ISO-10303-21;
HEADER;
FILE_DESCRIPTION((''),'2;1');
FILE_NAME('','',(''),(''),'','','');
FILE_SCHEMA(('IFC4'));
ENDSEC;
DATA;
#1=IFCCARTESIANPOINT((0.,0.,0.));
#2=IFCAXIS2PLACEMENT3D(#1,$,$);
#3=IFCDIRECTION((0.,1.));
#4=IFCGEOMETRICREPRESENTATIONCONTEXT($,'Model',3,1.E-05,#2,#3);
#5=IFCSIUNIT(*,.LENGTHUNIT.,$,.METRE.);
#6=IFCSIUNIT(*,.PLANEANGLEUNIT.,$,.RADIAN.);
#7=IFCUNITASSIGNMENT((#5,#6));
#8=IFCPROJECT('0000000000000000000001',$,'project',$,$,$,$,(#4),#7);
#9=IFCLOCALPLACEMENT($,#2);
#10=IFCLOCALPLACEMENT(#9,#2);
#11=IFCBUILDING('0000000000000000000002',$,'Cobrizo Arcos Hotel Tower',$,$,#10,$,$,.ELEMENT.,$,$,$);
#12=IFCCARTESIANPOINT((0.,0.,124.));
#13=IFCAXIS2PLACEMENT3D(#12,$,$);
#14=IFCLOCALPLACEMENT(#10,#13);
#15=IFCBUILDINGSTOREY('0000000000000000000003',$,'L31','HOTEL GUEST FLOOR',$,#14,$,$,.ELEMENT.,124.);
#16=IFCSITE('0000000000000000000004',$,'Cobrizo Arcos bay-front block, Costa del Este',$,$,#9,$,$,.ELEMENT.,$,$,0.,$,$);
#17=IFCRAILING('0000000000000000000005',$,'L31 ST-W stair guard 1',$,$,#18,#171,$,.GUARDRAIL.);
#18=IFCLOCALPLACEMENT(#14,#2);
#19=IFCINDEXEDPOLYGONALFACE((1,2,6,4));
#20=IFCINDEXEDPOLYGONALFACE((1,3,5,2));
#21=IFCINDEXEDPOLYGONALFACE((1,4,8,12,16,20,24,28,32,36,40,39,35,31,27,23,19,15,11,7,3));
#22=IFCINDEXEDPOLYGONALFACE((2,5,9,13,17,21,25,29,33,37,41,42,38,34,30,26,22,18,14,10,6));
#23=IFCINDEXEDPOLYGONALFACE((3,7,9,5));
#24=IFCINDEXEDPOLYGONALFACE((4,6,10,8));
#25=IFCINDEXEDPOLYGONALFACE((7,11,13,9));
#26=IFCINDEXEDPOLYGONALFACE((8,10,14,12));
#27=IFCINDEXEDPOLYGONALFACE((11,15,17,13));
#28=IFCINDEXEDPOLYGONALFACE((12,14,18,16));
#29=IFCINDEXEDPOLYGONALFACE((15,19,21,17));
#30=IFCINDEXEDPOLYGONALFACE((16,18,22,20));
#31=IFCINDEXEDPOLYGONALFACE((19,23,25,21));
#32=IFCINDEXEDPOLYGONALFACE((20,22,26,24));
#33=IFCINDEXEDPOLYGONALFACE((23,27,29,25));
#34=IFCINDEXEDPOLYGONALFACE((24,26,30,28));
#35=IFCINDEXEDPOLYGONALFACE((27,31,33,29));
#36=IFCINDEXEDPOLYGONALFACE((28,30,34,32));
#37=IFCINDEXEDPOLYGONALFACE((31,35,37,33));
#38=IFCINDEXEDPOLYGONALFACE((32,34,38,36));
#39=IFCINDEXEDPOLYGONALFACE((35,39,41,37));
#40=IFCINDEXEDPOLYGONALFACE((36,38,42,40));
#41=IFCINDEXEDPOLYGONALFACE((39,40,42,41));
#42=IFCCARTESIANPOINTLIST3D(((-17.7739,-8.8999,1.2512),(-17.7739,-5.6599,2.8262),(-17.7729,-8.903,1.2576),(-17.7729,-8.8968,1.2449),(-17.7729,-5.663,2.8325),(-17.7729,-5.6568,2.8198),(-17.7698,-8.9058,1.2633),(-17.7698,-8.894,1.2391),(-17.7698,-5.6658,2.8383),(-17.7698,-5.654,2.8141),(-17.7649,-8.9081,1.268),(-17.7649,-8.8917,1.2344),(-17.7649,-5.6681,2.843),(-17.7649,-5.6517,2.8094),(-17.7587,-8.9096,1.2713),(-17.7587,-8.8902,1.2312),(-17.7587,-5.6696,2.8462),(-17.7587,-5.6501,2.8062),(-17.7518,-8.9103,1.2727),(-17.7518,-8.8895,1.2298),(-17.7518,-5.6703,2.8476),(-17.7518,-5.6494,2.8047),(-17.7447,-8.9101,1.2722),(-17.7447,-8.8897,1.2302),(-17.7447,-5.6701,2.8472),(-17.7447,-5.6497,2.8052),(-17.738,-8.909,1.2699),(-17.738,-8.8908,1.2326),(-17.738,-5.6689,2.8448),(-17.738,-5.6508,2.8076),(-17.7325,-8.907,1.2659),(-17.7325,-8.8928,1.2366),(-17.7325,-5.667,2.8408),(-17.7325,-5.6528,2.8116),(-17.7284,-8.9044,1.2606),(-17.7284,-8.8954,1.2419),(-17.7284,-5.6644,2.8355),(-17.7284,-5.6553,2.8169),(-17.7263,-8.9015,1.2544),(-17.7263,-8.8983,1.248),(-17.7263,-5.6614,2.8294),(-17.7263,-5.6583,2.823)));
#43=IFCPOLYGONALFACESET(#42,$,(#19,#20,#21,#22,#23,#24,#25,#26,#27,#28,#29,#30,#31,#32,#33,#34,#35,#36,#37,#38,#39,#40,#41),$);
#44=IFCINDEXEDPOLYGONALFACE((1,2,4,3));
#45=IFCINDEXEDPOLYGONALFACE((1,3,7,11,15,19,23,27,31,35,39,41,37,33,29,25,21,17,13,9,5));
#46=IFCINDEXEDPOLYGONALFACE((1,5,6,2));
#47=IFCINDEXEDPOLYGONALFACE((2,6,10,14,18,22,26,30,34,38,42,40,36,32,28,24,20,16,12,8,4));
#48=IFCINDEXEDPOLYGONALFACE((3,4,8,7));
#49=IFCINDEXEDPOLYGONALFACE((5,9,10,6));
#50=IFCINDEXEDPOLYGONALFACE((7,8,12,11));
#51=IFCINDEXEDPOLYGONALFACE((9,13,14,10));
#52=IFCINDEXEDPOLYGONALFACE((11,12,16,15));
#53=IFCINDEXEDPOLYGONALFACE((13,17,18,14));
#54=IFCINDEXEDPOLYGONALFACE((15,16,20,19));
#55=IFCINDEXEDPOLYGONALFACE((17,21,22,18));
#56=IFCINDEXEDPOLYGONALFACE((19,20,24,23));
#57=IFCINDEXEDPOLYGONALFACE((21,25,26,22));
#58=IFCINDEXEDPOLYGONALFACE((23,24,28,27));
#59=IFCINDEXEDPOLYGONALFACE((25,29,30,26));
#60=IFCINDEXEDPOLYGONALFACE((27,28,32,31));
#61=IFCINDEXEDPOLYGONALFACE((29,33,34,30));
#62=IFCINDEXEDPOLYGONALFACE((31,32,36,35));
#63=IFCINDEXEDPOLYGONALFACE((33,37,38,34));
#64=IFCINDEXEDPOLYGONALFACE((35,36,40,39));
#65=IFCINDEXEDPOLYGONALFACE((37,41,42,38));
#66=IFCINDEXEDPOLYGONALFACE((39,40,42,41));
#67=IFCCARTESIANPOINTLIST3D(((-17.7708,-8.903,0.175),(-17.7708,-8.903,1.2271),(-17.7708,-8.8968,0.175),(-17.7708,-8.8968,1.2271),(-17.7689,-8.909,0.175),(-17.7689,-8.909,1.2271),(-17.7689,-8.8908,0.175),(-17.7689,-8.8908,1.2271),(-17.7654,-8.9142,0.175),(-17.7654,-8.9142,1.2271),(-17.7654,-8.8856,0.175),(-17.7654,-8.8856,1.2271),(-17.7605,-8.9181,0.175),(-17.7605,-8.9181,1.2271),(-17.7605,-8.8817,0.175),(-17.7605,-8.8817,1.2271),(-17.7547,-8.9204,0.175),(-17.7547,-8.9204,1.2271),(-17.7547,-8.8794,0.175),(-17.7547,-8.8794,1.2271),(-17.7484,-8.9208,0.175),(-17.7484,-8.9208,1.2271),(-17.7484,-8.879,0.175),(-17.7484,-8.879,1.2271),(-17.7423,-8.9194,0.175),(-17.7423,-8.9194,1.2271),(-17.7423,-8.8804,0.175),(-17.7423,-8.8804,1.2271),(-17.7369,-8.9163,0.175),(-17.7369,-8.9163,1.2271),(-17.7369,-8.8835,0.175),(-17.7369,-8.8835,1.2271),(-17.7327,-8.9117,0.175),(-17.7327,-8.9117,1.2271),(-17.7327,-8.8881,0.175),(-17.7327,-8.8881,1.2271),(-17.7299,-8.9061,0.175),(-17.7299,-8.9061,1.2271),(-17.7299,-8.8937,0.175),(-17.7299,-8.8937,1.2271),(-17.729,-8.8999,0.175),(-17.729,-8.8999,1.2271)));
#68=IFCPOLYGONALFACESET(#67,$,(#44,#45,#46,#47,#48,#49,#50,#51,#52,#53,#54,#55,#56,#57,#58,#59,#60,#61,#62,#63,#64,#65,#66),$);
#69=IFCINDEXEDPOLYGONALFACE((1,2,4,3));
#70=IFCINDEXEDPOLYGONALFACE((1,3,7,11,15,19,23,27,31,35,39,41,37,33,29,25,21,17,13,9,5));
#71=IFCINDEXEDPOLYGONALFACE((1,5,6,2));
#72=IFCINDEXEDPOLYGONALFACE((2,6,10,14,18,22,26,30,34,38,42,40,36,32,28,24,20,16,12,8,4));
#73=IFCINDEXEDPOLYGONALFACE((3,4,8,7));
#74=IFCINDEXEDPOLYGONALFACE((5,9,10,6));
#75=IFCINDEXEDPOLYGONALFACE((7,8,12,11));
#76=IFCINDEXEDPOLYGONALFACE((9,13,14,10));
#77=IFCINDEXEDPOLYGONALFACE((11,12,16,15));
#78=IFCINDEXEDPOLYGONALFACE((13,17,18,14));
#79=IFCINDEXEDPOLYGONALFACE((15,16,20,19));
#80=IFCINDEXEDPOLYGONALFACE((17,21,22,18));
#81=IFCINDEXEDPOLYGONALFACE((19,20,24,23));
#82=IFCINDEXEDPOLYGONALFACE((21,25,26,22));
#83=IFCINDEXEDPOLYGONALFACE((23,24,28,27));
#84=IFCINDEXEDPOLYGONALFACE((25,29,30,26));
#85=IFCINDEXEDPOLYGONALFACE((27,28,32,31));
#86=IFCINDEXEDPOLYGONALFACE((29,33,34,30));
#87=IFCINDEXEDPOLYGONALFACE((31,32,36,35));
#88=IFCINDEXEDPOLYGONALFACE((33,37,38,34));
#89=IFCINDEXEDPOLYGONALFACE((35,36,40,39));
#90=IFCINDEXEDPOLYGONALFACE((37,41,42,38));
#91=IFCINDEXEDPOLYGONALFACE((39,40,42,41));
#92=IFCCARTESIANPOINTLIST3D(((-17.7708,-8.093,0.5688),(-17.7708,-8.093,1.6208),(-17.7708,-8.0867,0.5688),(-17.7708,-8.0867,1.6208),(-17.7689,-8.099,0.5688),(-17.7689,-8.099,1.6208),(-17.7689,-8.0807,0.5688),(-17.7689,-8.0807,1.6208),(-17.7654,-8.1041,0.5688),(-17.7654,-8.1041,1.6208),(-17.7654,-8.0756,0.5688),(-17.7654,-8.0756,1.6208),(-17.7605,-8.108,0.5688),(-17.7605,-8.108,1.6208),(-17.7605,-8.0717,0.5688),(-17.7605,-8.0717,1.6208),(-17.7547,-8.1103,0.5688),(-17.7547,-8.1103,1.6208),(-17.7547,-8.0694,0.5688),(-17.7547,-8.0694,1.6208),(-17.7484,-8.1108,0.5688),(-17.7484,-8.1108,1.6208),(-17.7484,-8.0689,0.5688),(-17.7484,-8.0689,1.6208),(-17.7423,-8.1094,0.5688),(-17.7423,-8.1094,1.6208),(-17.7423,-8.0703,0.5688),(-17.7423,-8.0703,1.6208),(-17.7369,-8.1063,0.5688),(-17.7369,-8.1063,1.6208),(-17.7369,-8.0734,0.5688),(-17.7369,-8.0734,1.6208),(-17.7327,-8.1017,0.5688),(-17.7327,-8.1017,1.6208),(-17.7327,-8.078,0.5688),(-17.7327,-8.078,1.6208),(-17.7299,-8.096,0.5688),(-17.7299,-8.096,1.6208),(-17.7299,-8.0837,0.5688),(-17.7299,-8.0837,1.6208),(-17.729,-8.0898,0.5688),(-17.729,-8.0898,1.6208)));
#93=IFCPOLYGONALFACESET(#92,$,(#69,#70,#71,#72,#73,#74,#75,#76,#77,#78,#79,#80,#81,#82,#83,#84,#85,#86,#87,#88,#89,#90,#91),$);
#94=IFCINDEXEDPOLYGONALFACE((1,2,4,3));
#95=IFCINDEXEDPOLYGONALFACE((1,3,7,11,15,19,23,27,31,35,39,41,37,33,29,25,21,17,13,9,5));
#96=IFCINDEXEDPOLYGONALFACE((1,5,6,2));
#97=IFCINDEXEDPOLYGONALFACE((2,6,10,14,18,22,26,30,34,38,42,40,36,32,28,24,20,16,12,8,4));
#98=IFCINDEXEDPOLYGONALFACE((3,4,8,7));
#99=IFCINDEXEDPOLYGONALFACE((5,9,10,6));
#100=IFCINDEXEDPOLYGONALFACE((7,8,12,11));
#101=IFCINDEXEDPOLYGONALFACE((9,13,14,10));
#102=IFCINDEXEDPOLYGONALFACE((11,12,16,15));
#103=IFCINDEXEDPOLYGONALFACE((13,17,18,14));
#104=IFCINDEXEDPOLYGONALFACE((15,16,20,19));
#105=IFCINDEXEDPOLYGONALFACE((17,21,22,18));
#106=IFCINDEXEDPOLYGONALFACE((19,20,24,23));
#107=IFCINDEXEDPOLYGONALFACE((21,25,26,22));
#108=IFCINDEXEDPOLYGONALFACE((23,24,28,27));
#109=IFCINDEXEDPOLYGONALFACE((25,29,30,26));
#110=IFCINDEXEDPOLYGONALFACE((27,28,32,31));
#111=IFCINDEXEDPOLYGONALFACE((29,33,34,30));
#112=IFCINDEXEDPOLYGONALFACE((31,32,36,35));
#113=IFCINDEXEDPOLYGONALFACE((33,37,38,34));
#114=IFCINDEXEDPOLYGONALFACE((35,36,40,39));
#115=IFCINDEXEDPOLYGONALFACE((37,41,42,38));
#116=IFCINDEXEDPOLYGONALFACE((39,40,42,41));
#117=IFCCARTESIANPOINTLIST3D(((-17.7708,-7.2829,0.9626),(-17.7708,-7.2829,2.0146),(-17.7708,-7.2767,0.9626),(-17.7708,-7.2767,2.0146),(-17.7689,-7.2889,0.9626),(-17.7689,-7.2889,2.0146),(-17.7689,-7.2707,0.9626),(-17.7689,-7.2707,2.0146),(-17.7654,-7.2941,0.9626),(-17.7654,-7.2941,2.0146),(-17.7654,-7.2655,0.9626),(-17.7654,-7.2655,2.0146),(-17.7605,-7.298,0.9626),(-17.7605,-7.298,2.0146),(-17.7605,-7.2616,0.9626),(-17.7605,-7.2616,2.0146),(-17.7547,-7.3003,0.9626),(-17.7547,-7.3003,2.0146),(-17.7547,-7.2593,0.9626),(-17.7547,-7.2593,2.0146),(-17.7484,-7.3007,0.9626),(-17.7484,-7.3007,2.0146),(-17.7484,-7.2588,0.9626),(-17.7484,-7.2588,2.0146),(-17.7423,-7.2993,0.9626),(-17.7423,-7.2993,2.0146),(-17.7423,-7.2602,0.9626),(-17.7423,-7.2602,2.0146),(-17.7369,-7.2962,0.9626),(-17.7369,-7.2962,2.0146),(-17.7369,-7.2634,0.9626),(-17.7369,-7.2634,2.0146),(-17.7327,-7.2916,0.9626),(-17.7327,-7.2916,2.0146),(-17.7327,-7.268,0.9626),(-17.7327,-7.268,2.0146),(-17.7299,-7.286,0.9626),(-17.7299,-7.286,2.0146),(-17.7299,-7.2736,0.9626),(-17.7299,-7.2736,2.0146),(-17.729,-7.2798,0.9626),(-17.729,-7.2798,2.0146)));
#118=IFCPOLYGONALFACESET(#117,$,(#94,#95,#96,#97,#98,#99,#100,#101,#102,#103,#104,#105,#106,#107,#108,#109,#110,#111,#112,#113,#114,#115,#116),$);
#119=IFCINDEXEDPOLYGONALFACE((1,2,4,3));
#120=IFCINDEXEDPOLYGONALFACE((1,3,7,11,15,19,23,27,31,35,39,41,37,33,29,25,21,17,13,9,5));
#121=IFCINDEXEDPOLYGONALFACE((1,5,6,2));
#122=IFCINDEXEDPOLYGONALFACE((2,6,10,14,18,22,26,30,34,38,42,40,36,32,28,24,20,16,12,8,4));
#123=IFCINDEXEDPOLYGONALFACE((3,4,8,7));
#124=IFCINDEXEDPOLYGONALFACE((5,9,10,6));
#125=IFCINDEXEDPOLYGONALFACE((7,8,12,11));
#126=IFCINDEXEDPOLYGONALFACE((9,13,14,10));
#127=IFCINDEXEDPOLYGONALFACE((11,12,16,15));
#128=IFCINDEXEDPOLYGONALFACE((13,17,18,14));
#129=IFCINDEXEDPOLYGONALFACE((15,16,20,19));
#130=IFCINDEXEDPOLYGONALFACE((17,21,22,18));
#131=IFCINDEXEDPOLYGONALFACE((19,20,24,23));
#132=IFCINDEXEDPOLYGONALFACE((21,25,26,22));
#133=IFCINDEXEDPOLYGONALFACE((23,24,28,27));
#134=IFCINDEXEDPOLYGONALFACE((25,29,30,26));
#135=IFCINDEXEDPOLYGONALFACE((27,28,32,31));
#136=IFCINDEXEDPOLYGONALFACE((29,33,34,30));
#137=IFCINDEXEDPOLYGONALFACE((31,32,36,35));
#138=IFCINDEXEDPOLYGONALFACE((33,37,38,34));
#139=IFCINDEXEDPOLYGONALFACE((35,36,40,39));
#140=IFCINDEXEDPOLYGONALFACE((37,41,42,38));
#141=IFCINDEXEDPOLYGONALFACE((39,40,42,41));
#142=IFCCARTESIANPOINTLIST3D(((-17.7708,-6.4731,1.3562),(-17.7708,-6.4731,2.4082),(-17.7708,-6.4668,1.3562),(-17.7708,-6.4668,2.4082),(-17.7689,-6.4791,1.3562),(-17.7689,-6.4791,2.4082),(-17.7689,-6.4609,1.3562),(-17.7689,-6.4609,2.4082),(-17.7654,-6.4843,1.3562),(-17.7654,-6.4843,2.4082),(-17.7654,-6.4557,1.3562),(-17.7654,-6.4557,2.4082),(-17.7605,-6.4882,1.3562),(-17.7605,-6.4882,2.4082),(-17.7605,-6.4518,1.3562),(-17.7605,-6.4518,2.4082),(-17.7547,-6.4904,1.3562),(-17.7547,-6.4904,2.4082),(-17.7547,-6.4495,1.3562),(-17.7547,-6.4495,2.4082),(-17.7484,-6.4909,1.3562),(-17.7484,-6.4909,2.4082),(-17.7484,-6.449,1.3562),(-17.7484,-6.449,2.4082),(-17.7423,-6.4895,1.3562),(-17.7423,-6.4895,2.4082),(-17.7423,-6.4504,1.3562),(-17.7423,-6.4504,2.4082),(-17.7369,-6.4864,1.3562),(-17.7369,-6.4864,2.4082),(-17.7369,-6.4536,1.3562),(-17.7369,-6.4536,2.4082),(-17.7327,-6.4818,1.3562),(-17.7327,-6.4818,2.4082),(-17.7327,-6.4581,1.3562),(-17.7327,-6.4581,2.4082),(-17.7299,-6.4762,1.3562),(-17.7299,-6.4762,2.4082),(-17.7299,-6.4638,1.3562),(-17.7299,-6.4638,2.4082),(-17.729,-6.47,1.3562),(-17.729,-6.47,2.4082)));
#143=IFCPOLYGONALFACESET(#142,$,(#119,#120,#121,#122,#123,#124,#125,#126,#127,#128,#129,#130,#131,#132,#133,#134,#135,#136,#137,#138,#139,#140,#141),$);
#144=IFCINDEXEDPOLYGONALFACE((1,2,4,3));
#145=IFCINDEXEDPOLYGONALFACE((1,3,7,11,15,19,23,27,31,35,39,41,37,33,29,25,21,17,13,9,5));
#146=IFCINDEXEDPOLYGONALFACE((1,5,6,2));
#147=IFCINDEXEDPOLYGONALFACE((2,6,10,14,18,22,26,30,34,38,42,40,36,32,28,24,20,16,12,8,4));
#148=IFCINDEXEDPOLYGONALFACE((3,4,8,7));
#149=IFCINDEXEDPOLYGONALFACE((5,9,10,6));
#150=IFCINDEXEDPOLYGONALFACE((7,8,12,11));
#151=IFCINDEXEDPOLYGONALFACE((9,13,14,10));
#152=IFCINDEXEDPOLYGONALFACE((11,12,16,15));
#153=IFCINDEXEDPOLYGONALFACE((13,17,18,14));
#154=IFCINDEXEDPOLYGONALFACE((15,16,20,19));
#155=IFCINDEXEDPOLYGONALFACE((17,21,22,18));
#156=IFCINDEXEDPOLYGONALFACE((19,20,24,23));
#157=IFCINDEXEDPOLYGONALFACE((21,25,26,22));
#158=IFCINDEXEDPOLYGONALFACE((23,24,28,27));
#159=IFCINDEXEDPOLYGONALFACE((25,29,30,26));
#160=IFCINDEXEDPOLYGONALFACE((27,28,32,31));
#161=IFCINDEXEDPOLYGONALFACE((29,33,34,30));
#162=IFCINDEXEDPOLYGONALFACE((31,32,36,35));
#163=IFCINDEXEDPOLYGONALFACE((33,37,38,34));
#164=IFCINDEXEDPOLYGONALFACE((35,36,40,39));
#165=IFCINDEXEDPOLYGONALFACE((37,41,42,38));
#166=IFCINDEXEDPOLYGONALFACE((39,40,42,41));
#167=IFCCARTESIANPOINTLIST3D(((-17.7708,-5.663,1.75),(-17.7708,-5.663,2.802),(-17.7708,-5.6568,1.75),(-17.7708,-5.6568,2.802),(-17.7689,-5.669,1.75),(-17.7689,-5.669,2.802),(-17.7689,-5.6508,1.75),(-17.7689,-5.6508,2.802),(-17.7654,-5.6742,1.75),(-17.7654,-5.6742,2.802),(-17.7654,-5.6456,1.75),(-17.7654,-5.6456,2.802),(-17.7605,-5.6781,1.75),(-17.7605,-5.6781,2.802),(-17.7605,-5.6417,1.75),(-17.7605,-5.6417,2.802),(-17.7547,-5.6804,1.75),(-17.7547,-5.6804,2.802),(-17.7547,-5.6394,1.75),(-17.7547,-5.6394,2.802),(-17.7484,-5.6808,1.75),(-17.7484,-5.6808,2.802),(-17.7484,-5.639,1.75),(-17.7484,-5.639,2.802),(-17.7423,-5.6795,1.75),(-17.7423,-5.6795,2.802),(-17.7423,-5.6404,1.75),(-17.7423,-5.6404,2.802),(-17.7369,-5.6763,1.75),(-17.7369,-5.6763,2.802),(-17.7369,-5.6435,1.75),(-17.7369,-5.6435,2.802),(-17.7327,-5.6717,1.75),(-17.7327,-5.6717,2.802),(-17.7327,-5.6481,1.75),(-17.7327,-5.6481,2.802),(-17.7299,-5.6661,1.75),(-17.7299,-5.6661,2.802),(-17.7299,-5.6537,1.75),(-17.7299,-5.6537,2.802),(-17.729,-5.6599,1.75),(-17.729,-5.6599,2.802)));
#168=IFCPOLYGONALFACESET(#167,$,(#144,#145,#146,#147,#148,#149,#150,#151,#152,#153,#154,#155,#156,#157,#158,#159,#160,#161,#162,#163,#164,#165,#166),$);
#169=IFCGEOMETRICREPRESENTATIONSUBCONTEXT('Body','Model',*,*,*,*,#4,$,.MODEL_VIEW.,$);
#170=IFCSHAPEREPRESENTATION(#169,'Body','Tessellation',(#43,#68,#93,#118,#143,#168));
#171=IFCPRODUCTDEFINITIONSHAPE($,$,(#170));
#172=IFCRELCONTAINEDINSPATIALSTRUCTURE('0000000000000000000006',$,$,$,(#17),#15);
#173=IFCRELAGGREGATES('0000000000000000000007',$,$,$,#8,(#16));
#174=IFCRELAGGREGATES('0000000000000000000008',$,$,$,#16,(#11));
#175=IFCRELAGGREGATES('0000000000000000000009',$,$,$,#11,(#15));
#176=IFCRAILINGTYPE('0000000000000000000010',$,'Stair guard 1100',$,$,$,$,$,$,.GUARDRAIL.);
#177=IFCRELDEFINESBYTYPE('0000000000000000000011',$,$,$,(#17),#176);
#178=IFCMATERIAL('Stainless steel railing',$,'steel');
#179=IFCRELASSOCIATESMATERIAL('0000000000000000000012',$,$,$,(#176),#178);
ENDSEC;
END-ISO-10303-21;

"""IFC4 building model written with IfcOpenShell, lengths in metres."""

from ifc_helpers import new_model, si_unit, direction, frame, origin, origin_2d, place, context, subcontext, project, spatial, circle, extrude, material, type_object, element, save


model = new_model("IFC4")

# Units and contexts
model_context = context("Model", 3, precision=1e-05, world=origin(), true_north=direction((0.0, 1.0)))
body_context = subcontext(model_context, "Body", "Model", "MODEL_VIEW")
ifc_project = project(units=[si_unit("LENGTHUNIT", "METRE"), si_unit("PLANEANGLEUNIT", "RADIAN")], contexts=[model_context])

# Site, building, storey
site_placement = place(None, origin())
site = spatial("IfcSite", under=ifc_project, at=site_placement, Name="Cobrizo Arcos bay-front block, Costa del Este", CompositionType="ELEMENT", RefElevation=0.0)
building_placement = place(site_placement, origin())
building = spatial("IfcBuilding", under=site, at=building_placement, Name="Cobrizo Arcos Hotel Tower", CompositionType="ELEMENT")
storey_placement = place(building_placement, frame((0.0, 0.0, 124.0)))
storey = spatial("IfcBuildingStorey", under=building, at=storey_placement, Name="L31", Description="HOTEL GUEST FLOOR", CompositionType="ELEMENT", Elevation=124.0)

# Railing
ifc_material_1 = material(Name="Stainless steel railing", Category="steel")
railing_type_1 = type_object("IfcRailingType", Name="Stair guard 1100", PredefinedType="GUARDRAIL", material=ifc_material_1)
railing_1_placement = place(storey_placement, frame((-17.75, -8.8999, 0.175)))
element("IfcRailing", 1, at=railing_1_placement, inside=storey, type_object=railing_type_1, Name="L31 ST-W stair guard 1", PredefinedType="GUARDRAIL", context=body_context, shape_type="SweptSolid", body=[
    extrude(circle(Radius=0.0239, at=origin_2d()), frame((0.0, 0.0, 1.0762), z_axis=(0.0, 0.899373, 0.437183), x_axis=(-1.0, 0.0, 0.0)), (0.0, 0.0, 1.0), 3.6025),
    extrude(circle(Radius=0.021, at=origin_2d()), origin(), (0.0, 0.0, 1.0), 1.052),
    extrude(circle(Radius=0.021, at=origin_2d()), frame((0.0, 0.8101, 0.3938)), (0.0, 0.0, 1.0), 1.052),
    extrude(circle(Radius=0.021, at=origin_2d()), frame((0.0, 1.6201, 0.7876)), (0.0, 0.0, 1.0), 1.052),
    extrude(circle(Radius=0.021, at=origin_2d()), frame((0.0, 2.4299, 1.1812)), (0.0, 0.0, 1.0), 1.052),
    extrude(circle(Radius=0.021, at=origin_2d()), frame((0.0, 3.24, 1.575)), (0.0, 0.0, 1.0), 1.052),
])

save(model, "model.ifc")
